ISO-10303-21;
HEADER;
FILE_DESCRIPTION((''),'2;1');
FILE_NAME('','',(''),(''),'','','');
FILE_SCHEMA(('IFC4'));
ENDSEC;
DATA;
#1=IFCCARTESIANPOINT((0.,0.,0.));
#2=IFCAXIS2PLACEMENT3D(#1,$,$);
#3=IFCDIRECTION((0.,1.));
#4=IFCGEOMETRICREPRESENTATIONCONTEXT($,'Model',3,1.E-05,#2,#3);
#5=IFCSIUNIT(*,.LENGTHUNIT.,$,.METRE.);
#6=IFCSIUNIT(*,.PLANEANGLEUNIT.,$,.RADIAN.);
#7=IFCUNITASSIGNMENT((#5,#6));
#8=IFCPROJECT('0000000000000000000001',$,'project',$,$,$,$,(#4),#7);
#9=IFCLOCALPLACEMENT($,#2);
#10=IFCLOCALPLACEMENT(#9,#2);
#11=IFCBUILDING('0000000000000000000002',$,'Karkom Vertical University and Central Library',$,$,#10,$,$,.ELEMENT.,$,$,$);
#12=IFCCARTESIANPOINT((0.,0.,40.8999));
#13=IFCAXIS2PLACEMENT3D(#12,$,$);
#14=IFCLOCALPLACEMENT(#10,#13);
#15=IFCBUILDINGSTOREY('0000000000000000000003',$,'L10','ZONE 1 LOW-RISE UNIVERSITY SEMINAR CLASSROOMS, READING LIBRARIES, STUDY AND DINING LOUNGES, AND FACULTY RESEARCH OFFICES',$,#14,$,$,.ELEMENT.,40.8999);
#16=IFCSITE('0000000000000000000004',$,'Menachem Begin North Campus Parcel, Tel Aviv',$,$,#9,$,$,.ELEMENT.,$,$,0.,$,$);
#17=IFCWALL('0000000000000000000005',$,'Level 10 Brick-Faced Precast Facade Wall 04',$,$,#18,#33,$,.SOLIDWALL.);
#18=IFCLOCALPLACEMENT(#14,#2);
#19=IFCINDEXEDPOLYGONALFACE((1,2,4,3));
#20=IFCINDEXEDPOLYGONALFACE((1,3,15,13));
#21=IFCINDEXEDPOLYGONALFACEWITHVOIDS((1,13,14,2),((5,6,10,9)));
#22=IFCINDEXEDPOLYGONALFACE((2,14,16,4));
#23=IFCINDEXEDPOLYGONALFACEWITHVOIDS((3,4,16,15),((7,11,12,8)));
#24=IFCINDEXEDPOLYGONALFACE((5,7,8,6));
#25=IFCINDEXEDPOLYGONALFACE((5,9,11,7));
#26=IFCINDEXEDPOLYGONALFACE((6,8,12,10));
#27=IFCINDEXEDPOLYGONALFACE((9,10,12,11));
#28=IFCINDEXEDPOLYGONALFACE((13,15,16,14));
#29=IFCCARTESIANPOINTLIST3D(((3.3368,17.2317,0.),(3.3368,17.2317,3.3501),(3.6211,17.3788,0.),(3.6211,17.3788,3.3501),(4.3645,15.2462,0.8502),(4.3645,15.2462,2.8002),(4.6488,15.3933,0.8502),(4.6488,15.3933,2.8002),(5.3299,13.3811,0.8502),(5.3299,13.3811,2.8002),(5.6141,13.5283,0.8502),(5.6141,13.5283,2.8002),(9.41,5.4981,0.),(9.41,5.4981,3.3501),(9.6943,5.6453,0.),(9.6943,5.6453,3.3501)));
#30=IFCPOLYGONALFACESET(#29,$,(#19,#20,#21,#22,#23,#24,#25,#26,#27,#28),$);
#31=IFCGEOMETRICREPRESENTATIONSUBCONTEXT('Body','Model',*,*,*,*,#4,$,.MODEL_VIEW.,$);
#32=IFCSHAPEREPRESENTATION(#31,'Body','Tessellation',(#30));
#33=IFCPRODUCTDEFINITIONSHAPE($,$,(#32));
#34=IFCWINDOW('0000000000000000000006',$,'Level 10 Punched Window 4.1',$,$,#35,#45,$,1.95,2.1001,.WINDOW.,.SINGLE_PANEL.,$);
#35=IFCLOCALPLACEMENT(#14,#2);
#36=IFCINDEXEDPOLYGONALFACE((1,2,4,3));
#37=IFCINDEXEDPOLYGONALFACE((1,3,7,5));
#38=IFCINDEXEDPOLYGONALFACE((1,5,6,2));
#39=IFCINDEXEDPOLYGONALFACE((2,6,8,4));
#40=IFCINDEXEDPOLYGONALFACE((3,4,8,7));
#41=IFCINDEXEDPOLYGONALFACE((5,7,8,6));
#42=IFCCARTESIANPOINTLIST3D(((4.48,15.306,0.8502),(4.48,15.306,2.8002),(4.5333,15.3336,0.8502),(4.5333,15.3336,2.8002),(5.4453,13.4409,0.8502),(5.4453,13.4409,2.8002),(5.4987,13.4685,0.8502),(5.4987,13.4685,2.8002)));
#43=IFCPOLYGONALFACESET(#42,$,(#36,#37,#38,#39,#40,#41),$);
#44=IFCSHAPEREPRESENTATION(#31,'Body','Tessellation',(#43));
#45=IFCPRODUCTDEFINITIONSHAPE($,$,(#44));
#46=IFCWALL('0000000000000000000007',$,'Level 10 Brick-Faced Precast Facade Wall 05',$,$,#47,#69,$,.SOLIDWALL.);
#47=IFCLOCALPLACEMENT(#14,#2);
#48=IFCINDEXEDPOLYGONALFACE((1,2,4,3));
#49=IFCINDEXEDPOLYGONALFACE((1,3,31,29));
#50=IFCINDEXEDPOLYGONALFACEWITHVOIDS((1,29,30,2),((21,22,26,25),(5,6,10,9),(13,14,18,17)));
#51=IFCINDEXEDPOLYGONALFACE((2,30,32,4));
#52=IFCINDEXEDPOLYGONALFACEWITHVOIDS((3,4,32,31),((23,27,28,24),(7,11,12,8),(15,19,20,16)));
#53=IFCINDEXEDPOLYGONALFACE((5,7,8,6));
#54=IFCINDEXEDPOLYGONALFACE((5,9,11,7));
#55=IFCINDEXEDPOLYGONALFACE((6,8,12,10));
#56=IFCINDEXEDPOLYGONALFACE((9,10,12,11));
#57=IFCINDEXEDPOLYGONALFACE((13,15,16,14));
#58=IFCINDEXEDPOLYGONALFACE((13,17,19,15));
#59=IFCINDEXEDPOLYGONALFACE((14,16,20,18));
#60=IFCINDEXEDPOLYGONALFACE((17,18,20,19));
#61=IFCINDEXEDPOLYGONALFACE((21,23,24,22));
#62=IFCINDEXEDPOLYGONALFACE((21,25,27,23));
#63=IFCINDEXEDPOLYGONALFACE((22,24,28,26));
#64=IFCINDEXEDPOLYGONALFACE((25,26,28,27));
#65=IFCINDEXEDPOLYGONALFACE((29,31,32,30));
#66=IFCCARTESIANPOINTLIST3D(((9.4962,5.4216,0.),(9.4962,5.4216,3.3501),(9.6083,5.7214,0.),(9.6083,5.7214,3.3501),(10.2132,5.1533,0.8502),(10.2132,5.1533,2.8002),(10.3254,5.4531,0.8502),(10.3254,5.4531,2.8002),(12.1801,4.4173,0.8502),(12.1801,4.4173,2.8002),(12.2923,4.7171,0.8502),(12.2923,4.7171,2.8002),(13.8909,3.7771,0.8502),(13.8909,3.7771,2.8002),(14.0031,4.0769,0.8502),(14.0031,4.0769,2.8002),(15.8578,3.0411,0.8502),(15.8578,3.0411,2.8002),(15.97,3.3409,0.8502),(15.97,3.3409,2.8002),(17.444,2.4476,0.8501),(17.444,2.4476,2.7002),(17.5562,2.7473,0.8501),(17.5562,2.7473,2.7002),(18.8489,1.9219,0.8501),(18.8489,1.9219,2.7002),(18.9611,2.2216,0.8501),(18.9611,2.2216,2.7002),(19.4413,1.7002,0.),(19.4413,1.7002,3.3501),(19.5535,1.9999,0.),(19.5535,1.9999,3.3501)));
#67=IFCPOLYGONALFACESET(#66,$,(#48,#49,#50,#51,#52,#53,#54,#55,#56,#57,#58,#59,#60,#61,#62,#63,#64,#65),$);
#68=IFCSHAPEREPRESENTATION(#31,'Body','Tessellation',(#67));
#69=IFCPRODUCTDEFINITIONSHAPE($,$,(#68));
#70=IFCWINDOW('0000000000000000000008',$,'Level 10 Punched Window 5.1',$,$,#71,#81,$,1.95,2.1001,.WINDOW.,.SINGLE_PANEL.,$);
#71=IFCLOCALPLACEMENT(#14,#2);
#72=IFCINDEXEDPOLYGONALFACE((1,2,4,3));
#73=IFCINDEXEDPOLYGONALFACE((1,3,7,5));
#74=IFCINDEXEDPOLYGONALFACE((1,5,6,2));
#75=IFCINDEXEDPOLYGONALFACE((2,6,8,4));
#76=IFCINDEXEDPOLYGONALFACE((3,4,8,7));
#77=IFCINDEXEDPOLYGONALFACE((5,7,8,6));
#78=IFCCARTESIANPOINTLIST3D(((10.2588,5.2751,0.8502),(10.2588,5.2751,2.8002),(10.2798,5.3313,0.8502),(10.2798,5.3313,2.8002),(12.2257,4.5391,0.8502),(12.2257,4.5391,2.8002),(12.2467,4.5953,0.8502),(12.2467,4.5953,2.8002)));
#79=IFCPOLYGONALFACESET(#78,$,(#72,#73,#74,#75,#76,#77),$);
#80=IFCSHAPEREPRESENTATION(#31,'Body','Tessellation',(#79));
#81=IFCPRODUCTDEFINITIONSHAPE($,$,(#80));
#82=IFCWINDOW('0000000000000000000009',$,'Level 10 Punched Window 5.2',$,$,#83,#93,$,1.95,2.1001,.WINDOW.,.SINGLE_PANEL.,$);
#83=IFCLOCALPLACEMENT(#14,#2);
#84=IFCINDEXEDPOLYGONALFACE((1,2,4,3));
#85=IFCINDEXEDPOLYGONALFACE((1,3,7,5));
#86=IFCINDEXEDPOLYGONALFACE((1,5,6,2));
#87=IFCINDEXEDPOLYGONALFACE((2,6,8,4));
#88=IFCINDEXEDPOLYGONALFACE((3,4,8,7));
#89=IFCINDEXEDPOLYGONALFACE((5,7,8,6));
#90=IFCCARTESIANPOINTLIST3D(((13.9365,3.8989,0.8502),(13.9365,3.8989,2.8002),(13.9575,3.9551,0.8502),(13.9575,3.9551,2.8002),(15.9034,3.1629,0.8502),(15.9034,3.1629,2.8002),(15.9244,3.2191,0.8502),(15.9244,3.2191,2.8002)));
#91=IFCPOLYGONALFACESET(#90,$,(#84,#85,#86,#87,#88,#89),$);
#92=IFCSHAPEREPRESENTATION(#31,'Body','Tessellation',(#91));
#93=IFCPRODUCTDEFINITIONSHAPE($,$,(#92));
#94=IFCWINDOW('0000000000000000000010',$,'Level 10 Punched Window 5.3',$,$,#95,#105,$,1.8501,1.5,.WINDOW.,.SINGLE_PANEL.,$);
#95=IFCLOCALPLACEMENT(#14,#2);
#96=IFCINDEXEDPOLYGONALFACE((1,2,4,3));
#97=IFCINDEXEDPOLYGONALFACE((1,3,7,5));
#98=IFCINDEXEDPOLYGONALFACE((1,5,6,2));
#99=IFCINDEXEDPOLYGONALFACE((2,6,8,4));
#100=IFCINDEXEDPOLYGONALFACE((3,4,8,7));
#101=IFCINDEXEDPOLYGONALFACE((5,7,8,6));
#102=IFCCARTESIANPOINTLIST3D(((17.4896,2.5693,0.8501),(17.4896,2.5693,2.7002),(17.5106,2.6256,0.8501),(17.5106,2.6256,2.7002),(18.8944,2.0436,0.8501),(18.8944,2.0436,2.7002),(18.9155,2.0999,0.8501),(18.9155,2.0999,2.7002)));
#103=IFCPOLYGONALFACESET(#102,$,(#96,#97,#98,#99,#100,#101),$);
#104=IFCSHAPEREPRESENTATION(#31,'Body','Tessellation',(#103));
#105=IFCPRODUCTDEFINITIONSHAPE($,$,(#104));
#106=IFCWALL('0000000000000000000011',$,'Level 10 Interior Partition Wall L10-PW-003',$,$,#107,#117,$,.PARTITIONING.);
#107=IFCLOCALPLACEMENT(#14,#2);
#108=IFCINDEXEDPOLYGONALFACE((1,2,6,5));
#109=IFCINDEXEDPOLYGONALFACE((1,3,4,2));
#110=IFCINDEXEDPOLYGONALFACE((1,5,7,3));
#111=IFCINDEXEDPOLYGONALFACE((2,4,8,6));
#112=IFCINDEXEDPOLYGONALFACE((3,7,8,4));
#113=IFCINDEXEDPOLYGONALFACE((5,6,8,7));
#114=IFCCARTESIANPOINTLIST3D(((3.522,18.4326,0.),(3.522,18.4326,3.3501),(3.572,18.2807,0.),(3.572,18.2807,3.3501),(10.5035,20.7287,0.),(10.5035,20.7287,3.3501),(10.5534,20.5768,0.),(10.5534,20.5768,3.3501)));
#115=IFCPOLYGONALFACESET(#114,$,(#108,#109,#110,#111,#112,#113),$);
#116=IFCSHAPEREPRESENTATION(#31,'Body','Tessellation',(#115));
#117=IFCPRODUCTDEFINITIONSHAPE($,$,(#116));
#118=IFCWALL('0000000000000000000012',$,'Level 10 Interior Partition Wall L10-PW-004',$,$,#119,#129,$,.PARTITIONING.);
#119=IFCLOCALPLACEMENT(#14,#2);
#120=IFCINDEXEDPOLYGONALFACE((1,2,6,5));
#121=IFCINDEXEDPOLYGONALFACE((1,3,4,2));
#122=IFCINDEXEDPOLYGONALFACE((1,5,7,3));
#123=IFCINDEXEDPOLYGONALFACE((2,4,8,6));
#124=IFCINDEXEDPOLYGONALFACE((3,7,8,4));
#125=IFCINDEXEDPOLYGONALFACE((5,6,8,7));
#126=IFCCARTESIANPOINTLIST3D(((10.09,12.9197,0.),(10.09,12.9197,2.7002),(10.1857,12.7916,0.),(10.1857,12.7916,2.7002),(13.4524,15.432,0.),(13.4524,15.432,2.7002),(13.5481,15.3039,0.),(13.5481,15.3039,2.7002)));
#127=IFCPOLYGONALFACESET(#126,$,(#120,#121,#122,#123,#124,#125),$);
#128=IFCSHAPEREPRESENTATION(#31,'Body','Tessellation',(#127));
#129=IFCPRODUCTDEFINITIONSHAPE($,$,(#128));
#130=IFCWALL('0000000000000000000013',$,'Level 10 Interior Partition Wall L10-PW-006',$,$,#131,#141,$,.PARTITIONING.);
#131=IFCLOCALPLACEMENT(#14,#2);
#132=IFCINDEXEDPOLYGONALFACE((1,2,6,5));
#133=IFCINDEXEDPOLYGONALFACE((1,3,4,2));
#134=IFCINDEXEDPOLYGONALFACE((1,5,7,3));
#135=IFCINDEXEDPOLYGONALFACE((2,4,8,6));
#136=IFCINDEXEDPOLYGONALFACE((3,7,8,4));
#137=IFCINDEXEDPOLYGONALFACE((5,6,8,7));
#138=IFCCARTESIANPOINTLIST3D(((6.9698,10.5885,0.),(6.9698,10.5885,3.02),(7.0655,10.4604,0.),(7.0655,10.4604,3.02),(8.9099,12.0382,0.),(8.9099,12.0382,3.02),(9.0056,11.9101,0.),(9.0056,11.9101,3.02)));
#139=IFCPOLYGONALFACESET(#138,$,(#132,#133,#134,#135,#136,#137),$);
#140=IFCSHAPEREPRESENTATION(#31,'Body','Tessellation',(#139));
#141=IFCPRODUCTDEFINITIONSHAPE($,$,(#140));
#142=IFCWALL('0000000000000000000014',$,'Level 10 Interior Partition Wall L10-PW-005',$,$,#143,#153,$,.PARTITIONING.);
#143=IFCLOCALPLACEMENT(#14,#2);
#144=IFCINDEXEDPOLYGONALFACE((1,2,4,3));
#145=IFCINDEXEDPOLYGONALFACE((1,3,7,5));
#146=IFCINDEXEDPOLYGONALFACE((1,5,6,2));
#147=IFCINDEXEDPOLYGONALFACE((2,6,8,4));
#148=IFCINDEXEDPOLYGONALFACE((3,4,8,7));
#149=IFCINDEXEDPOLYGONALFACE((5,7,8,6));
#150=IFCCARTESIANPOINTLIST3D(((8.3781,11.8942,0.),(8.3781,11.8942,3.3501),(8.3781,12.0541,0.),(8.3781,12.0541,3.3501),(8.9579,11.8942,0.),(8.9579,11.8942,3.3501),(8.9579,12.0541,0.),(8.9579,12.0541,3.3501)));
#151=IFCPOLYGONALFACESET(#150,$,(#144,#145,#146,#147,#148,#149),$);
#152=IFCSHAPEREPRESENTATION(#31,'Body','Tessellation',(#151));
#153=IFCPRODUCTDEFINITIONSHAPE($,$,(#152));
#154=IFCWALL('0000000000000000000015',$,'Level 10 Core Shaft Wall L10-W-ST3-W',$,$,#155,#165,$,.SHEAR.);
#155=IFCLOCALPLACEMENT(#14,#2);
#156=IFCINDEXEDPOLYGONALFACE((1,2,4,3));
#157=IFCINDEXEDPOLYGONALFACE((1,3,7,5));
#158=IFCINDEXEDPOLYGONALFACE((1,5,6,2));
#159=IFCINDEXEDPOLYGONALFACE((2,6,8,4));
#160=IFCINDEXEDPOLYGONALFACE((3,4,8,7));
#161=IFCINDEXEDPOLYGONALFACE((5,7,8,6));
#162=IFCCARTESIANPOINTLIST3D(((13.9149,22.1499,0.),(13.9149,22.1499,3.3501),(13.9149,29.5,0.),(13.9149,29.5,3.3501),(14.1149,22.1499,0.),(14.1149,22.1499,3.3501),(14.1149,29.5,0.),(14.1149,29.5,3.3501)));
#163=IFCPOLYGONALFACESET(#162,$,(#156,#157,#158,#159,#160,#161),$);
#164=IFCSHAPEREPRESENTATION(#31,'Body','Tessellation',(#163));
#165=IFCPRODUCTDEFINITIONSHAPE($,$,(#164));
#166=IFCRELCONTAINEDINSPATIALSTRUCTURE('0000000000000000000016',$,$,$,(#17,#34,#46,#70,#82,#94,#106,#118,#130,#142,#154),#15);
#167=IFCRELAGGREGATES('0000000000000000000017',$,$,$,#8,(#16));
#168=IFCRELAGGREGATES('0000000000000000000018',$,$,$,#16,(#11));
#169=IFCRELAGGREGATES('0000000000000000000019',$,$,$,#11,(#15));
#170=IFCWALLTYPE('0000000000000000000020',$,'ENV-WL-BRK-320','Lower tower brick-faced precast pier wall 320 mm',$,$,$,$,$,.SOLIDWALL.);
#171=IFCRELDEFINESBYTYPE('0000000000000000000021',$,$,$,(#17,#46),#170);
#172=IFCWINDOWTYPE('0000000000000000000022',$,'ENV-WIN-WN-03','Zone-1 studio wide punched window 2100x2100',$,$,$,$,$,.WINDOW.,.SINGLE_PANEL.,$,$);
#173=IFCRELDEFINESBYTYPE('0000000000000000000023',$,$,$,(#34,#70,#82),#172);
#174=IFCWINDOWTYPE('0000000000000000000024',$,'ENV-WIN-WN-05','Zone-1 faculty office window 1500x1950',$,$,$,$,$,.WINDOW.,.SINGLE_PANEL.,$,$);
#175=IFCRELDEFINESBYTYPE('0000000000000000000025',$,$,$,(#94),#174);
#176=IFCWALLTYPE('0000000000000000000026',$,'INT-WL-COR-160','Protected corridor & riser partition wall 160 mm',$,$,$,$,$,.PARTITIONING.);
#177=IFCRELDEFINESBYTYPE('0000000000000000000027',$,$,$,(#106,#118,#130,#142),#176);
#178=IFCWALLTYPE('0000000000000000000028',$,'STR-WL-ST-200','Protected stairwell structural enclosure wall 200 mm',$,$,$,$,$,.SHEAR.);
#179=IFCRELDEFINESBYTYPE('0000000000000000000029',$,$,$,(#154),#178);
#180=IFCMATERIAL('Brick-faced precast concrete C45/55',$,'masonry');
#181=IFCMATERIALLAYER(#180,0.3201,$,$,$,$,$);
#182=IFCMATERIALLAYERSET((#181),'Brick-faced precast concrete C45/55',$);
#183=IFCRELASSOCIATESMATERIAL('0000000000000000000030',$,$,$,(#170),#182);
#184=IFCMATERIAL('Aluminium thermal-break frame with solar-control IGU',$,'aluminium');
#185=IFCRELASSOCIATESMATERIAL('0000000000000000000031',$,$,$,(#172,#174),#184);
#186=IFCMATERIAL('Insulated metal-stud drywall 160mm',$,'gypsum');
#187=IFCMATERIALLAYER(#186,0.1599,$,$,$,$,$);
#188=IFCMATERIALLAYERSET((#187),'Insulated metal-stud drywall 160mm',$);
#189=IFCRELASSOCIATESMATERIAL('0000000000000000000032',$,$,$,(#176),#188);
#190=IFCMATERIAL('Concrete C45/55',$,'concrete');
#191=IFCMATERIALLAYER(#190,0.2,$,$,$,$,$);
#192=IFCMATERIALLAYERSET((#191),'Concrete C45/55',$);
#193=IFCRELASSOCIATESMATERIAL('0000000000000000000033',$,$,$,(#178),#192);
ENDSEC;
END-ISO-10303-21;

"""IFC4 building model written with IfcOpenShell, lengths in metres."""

from ifc_helpers import new_model, si_unit, direction, frame, frame_2d, origin, origin_with_axes, place, context, subcontext, project, spatial, rectangle, extrude, source, transform, mapped, material, layer, layer_set, type_object, element, fill, save


model = new_model("IFC4")

# Units and contexts
model_context = context("Model", 3, precision=1e-05, world=origin(), true_north=direction((0.0, 1.0)))
body_context = subcontext(model_context, "Body", "Model", "MODEL_VIEW")
ifc_project = project(units=[si_unit("LENGTHUNIT", "METRE"), si_unit("PLANEANGLEUNIT", "RADIAN")], contexts=[model_context])

# Site, building, storey
site_placement = place(None, origin())
site = spatial("IfcSite", under=ifc_project, at=site_placement, Name="Menachem Begin North Campus Parcel, Tel Aviv", CompositionType="ELEMENT", RefElevation=0.0)
building_placement = place(site_placement, origin())
building = spatial("IfcBuilding", under=site, at=building_placement, Name="Karkom Vertical University and Central Library", CompositionType="ELEMENT")
storey_placement = place(building_placement, frame((0.0, 0.0, 40.8999)))
storey = spatial("IfcBuildingStorey", under=building, at=storey_placement, Name="L10", Description="ZONE 1 LOW-RISE UNIVERSITY SEMINAR CLASSROOMS, READING LIBRARIES, STUDY AND DINING LOUNGES, AND FACULTY RESEARCH OFFICES", CompositionType="ELEMENT", Elevation=40.8999)

# Shared definitions
ifc_material_1 = material(Name="Concrete C45/55", Category="concrete")

# Wall, opening, window
ifc_material_2 = material(Name="Brick-faced precast concrete C45/55", Category="masonry")
ifc_layer_1 = layer(ifc_material_2, 0.3201)
ifc_layer_set_1 = layer_set([ifc_layer_1], Name="Brick-faced precast concrete C45/55")
wall_type_1 = type_object("IfcWallType", Name="ENV-WL-BRK-320", Description="Lower tower brick-faced precast pier wall 320 mm", PredefinedType="SOLIDWALL", material=ifc_layer_set_1)
wall_1_placement = place(storey_placement, frame((3.479, 17.3052, 0.0), z_axis=(0.0, 0.0, 1.0), x_axis=(0.459669, -0.88809, 0.0)))
wall_1 = element("IfcWall", 1, at=wall_1_placement, inside=storey, type_object=wall_type_1, Name="Level 10 Brick-Faced Precast Facade Wall 04", PredefinedType="SOLIDWALL", context=body_context, shape_type="SweptSolid", body=[
    extrude(rectangle(XDim=13.2122, YDim=0.3201, at=frame_2d((6.606, 0.0))), origin(), (0.0, 0.0, 1.0), 3.3501),
])
opening_1_placement = place(wall_1_placement, frame((2.2356, 0.0, 0.8501)))
opening_1 = element("IfcOpeningElement", 2, at=opening_1_placement, cuts=wall_1, PredefinedType="OPENING", context=body_context, shape_type="SweptSolid", body=[
    extrude(rectangle(XDim=2.1001, YDim=1.95, at=frame_2d((1.05, 0.9751))), frame((0.0, 0.1699, 0.0), z_axis=(0.0, -1.0, 0.0), x_axis=(1.0, 0.0, 0.0)), (0.0, 0.0, 1.0), 0.3401),
])
ifc_material_3 = material(Name="Aluminium thermal-break frame with solar-control IGU", Category="aluminium")
window_type_1 = type_object("IfcWindowType", Name="ENV-WIN-WN-03", Description="Zone-1 studio wide punched window 2100x2100", PartitioningType="SINGLE_PANEL", PredefinedType="WINDOW", material=ifc_material_3)
shared_shape_1 = source(origin_with_axes(), body_context, "Body", "SweptSolid", [
    extrude(rectangle(XDim=2.1001, YDim=1.95, at=frame_2d((1.05, 0.9751))), frame((0.0, 0.03, 0.0), z_axis=(0.0, -1.0, 0.0), x_axis=(1.0, 0.0, 0.0)), (0.0, 0.0, 1.0), 0.0601),
])
window_1_placement = place(opening_1_placement, origin())
window_1 = element("IfcWindow", 3, at=window_1_placement, inside=storey, type_object=window_type_1, Name="Level 10 Punched Window 4.1", OverallHeight=1.95, OverallWidth=2.1001, PartitioningType="SINGLE_PANEL", PredefinedType="WINDOW", context=body_context, shape_type="MappedRepresentation", body=[
    mapped(shared_shape_1, transform((0.0, 0.0, 0.0), scale=1.0)),
])
fill(opening_1, window_1)

# Wall, openings, windows
wall_2_placement = place(storey_placement, frame((9.5522, 5.5715, 0.0), z_axis=(0.0, 0.0, 1.0), x_axis=(0.936576, -0.350466, 0.0)))
wall_2 = element("IfcWall", 4, at=wall_2_placement, inside=storey, type_object=wall_type_1, Name="Level 10 Brick-Faced Precast Facade Wall 05", PredefinedType="SOLIDWALL", context=body_context, shape_type="SweptSolid", body=[
    extrude(rectangle(XDim=10.6187, YDim=0.3201, at=frame_2d((5.3093, 0.0))), origin(), (0.0, 0.0, 1.0), 3.3501),
])
opening_2_placement = place(wall_2_placement, frame((0.7656, 0.0, 0.8501)))
opening_2 = element("IfcOpeningElement", 5, at=opening_2_placement, cuts=wall_2, PredefinedType="OPENING", context=body_context, shape_type="SweptSolid", body=[
    extrude(rectangle(XDim=2.1001, YDim=1.95, at=frame_2d((1.05, 0.9751))), frame((0.0, 0.1699, 0.0), z_axis=(0.0, -1.0, 0.0), x_axis=(1.0, 0.0, 0.0)), (0.0, 0.0, 1.0), 0.3401),
])
opening_3_placement = place(wall_2_placement, frame((4.6924, 0.0, 0.8501)))
opening_3 = element("IfcOpeningElement", 6, at=opening_3_placement, cuts=wall_2, PredefinedType="OPENING", context=body_context, shape_type="SweptSolid", body=[
    extrude(rectangle(XDim=2.1001, YDim=1.95, at=frame_2d((1.05, 0.9751))), frame((0.0, 0.1699, 0.0), z_axis=(0.0, -1.0, 0.0), x_axis=(1.0, 0.0, 0.0)), (0.0, 0.0, 1.0), 0.3401),
])
opening_4_placement = place(wall_2_placement, frame((8.4861, 0.0, 0.8501)))
opening_4 = element("IfcOpeningElement", 7, at=opening_4_placement, cuts=wall_2, PredefinedType="OPENING", context=body_context, shape_type="SweptSolid", body=[
    extrude(rectangle(XDim=1.5, YDim=1.8501, at=frame_2d((0.75, 0.925))), frame((0.0, 0.1699, 0.0), z_axis=(0.0, -1.0, 0.0), x_axis=(1.0, 0.0, 0.0)), (0.0, 0.0, 1.0), 0.3401),
])
window_2_placement = place(opening_2_placement, origin())
window_2 = element("IfcWindow", 8, at=window_2_placement, inside=storey, type_object=window_type_1, Name="Level 10 Punched Window 5.1", OverallHeight=1.95, OverallWidth=2.1001, PartitioningType="SINGLE_PANEL", PredefinedType="WINDOW", context=body_context, shape_type="MappedRepresentation", body=[
    mapped(shared_shape_1, transform((0.0, 0.0, 0.0), scale=1.0)),
])
fill(opening_2, window_2)
window_3_placement = place(opening_3_placement, origin())
window_3 = element("IfcWindow", 9, at=window_3_placement, inside=storey, type_object=window_type_1, Name="Level 10 Punched Window 5.2", OverallHeight=1.95, OverallWidth=2.1001, PartitioningType="SINGLE_PANEL", PredefinedType="WINDOW", context=body_context, shape_type="MappedRepresentation", body=[
    mapped(shared_shape_1, transform((0.0, 0.0, 0.0), scale=1.0)),
])
fill(opening_3, window_3)
window_type_2 = type_object("IfcWindowType", Name="ENV-WIN-WN-05", Description="Zone-1 faculty office window 1500x1950", PartitioningType="SINGLE_PANEL", PredefinedType="WINDOW", material=ifc_material_3)
shared_shape_2 = source(origin_with_axes(), body_context, "Body", "SweptSolid", [
    extrude(rectangle(XDim=1.5, YDim=1.8501, at=frame_2d((0.75, 0.925))), frame((0.0, 0.03, 0.0), z_axis=(0.0, -1.0, 0.0), x_axis=(1.0, 0.0, 0.0)), (0.0, 0.0, 1.0), 0.0601),
])
window_4_placement = place(opening_4_placement, origin())
window_4 = element("IfcWindow", 10, at=window_4_placement, inside=storey, type_object=window_type_2, Name="Level 10 Punched Window 5.3", OverallHeight=1.8501, OverallWidth=1.5, PartitioningType="SINGLE_PANEL", PredefinedType="WINDOW", context=body_context, shape_type="MappedRepresentation", body=[
    mapped(shared_shape_2, transform((0.0, 0.0, 0.0), scale=1.0)),
])
fill(opening_4, window_4)

# Shared definitions
ifc_material_4 = material(Name="Insulated metal-stud drywall 160mm", Category="gypsum")
ifc_layer_2 = layer(ifc_material_4, 0.1599)
ifc_layer_set_2 = layer_set([ifc_layer_2], Name="Insulated metal-stud drywall 160mm")
wall_type_2 = type_object("IfcWallType", Name="INT-WL-COR-160", Description="Protected corridor & riser partition wall 160 mm", PredefinedType="PARTITIONING", material=ifc_layer_set_2)

# Walls
wall_3_placement = place(storey_placement, frame((10.5286, 20.6528, 0.0), z_axis=(0.0, 0.0, 1.0), x_axis=(-0.949941, -0.312428, 0.0)))
element("IfcWall", 11, at=wall_3_placement, inside=storey, type_object=wall_type_2, Name="Level 10 Interior Partition Wall L10-PW-003", PredefinedType="PARTITIONING", context=body_context, shape_type="SweptSolid", body=[
    extrude(rectangle(XDim=7.3494, YDim=0.1599, at=frame_2d((3.6748, 0.0))), origin(), (0.0, 0.0, 1.0), 3.3501),
])
wall_4_placement = place(storey_placement, frame((13.5002, 15.3679, 0.0), z_axis=(0.0, 0.0, 1.0), x_axis=(-0.801088, -0.598547, 0.0)))
element("IfcWall", 12, at=wall_4_placement, inside=storey, type_object=wall_type_2, Name="Level 10 Interior Partition Wall L10-PW-004", PredefinedType="PARTITIONING", context=body_context, shape_type="SweptSolid", body=[
    extrude(rectangle(XDim=4.1973, YDim=0.1599, at=frame_2d((2.0986, 0.0))), origin(), (0.0, 0.0, 1.0), 2.7002),
])
wall_5_placement = place(storey_placement, frame((8.9578, 11.9741, 0.0), z_axis=(0.0, 0.0, 1.0), x_axis=(-0.801075, -0.598564, 0.0)))
element("IfcWall", 13, at=wall_5_placement, inside=storey, type_object=wall_type_2, Name="Level 10 Interior Partition Wall L10-PW-006", PredefinedType="PARTITIONING", context=body_context, shape_type="SweptSolid", body=[
    extrude(rectangle(XDim=2.4219, YDim=0.1599, at=frame_2d((1.2109, 0.0))), origin(), (0.0, 0.0, 1.0), 3.02),
])
wall_6_placement = place(storey_placement, frame((8.3779, 11.9741, 0.0), z_axis=(0.0, 0.0, 1.0), x_axis=(1.0, 0.0, 0.0)))
element("IfcWall", 14, at=wall_6_placement, inside=storey, type_object=wall_type_2, Name="Level 10 Interior Partition Wall L10-PW-005", PredefinedType="PARTITIONING", context=body_context, shape_type="SweptSolid", body=[
    extrude(rectangle(XDim=0.5798, YDim=0.1599, at=frame_2d((0.29, 0.0))), origin(), (0.0, 0.0, 1.0), 3.3501),
])
ifc_layer_3 = layer(ifc_material_1, 0.2)
ifc_layer_set_3 = layer_set([ifc_layer_3], Name="Concrete C45/55")
wall_type_3 = type_object("IfcWallType", Name="STR-WL-ST-200", Description="Protected stairwell structural enclosure wall 200 mm", PredefinedType="SHEAR", material=ifc_layer_set_3)
wall_7_placement = place(storey_placement, frame((14.0149, 22.1499, 0.0), z_axis=(0.0, 0.0, 1.0), x_axis=(0.0, 1.0, 0.0)))
element("IfcWall", 15, at=wall_7_placement, inside=storey, type_object=wall_type_3, Name="Level 10 Core Shaft Wall L10-W-ST3-W", PredefinedType="SHEAR", context=body_context, shape_type="SweptSolid", body=[
    extrude(rectangle(XDim=7.3501, YDim=0.2, at=frame_2d((3.675, 0.0))), origin(), (0.0, 0.0, 1.0), 3.3501),
])

save(model, "model.ifc")
